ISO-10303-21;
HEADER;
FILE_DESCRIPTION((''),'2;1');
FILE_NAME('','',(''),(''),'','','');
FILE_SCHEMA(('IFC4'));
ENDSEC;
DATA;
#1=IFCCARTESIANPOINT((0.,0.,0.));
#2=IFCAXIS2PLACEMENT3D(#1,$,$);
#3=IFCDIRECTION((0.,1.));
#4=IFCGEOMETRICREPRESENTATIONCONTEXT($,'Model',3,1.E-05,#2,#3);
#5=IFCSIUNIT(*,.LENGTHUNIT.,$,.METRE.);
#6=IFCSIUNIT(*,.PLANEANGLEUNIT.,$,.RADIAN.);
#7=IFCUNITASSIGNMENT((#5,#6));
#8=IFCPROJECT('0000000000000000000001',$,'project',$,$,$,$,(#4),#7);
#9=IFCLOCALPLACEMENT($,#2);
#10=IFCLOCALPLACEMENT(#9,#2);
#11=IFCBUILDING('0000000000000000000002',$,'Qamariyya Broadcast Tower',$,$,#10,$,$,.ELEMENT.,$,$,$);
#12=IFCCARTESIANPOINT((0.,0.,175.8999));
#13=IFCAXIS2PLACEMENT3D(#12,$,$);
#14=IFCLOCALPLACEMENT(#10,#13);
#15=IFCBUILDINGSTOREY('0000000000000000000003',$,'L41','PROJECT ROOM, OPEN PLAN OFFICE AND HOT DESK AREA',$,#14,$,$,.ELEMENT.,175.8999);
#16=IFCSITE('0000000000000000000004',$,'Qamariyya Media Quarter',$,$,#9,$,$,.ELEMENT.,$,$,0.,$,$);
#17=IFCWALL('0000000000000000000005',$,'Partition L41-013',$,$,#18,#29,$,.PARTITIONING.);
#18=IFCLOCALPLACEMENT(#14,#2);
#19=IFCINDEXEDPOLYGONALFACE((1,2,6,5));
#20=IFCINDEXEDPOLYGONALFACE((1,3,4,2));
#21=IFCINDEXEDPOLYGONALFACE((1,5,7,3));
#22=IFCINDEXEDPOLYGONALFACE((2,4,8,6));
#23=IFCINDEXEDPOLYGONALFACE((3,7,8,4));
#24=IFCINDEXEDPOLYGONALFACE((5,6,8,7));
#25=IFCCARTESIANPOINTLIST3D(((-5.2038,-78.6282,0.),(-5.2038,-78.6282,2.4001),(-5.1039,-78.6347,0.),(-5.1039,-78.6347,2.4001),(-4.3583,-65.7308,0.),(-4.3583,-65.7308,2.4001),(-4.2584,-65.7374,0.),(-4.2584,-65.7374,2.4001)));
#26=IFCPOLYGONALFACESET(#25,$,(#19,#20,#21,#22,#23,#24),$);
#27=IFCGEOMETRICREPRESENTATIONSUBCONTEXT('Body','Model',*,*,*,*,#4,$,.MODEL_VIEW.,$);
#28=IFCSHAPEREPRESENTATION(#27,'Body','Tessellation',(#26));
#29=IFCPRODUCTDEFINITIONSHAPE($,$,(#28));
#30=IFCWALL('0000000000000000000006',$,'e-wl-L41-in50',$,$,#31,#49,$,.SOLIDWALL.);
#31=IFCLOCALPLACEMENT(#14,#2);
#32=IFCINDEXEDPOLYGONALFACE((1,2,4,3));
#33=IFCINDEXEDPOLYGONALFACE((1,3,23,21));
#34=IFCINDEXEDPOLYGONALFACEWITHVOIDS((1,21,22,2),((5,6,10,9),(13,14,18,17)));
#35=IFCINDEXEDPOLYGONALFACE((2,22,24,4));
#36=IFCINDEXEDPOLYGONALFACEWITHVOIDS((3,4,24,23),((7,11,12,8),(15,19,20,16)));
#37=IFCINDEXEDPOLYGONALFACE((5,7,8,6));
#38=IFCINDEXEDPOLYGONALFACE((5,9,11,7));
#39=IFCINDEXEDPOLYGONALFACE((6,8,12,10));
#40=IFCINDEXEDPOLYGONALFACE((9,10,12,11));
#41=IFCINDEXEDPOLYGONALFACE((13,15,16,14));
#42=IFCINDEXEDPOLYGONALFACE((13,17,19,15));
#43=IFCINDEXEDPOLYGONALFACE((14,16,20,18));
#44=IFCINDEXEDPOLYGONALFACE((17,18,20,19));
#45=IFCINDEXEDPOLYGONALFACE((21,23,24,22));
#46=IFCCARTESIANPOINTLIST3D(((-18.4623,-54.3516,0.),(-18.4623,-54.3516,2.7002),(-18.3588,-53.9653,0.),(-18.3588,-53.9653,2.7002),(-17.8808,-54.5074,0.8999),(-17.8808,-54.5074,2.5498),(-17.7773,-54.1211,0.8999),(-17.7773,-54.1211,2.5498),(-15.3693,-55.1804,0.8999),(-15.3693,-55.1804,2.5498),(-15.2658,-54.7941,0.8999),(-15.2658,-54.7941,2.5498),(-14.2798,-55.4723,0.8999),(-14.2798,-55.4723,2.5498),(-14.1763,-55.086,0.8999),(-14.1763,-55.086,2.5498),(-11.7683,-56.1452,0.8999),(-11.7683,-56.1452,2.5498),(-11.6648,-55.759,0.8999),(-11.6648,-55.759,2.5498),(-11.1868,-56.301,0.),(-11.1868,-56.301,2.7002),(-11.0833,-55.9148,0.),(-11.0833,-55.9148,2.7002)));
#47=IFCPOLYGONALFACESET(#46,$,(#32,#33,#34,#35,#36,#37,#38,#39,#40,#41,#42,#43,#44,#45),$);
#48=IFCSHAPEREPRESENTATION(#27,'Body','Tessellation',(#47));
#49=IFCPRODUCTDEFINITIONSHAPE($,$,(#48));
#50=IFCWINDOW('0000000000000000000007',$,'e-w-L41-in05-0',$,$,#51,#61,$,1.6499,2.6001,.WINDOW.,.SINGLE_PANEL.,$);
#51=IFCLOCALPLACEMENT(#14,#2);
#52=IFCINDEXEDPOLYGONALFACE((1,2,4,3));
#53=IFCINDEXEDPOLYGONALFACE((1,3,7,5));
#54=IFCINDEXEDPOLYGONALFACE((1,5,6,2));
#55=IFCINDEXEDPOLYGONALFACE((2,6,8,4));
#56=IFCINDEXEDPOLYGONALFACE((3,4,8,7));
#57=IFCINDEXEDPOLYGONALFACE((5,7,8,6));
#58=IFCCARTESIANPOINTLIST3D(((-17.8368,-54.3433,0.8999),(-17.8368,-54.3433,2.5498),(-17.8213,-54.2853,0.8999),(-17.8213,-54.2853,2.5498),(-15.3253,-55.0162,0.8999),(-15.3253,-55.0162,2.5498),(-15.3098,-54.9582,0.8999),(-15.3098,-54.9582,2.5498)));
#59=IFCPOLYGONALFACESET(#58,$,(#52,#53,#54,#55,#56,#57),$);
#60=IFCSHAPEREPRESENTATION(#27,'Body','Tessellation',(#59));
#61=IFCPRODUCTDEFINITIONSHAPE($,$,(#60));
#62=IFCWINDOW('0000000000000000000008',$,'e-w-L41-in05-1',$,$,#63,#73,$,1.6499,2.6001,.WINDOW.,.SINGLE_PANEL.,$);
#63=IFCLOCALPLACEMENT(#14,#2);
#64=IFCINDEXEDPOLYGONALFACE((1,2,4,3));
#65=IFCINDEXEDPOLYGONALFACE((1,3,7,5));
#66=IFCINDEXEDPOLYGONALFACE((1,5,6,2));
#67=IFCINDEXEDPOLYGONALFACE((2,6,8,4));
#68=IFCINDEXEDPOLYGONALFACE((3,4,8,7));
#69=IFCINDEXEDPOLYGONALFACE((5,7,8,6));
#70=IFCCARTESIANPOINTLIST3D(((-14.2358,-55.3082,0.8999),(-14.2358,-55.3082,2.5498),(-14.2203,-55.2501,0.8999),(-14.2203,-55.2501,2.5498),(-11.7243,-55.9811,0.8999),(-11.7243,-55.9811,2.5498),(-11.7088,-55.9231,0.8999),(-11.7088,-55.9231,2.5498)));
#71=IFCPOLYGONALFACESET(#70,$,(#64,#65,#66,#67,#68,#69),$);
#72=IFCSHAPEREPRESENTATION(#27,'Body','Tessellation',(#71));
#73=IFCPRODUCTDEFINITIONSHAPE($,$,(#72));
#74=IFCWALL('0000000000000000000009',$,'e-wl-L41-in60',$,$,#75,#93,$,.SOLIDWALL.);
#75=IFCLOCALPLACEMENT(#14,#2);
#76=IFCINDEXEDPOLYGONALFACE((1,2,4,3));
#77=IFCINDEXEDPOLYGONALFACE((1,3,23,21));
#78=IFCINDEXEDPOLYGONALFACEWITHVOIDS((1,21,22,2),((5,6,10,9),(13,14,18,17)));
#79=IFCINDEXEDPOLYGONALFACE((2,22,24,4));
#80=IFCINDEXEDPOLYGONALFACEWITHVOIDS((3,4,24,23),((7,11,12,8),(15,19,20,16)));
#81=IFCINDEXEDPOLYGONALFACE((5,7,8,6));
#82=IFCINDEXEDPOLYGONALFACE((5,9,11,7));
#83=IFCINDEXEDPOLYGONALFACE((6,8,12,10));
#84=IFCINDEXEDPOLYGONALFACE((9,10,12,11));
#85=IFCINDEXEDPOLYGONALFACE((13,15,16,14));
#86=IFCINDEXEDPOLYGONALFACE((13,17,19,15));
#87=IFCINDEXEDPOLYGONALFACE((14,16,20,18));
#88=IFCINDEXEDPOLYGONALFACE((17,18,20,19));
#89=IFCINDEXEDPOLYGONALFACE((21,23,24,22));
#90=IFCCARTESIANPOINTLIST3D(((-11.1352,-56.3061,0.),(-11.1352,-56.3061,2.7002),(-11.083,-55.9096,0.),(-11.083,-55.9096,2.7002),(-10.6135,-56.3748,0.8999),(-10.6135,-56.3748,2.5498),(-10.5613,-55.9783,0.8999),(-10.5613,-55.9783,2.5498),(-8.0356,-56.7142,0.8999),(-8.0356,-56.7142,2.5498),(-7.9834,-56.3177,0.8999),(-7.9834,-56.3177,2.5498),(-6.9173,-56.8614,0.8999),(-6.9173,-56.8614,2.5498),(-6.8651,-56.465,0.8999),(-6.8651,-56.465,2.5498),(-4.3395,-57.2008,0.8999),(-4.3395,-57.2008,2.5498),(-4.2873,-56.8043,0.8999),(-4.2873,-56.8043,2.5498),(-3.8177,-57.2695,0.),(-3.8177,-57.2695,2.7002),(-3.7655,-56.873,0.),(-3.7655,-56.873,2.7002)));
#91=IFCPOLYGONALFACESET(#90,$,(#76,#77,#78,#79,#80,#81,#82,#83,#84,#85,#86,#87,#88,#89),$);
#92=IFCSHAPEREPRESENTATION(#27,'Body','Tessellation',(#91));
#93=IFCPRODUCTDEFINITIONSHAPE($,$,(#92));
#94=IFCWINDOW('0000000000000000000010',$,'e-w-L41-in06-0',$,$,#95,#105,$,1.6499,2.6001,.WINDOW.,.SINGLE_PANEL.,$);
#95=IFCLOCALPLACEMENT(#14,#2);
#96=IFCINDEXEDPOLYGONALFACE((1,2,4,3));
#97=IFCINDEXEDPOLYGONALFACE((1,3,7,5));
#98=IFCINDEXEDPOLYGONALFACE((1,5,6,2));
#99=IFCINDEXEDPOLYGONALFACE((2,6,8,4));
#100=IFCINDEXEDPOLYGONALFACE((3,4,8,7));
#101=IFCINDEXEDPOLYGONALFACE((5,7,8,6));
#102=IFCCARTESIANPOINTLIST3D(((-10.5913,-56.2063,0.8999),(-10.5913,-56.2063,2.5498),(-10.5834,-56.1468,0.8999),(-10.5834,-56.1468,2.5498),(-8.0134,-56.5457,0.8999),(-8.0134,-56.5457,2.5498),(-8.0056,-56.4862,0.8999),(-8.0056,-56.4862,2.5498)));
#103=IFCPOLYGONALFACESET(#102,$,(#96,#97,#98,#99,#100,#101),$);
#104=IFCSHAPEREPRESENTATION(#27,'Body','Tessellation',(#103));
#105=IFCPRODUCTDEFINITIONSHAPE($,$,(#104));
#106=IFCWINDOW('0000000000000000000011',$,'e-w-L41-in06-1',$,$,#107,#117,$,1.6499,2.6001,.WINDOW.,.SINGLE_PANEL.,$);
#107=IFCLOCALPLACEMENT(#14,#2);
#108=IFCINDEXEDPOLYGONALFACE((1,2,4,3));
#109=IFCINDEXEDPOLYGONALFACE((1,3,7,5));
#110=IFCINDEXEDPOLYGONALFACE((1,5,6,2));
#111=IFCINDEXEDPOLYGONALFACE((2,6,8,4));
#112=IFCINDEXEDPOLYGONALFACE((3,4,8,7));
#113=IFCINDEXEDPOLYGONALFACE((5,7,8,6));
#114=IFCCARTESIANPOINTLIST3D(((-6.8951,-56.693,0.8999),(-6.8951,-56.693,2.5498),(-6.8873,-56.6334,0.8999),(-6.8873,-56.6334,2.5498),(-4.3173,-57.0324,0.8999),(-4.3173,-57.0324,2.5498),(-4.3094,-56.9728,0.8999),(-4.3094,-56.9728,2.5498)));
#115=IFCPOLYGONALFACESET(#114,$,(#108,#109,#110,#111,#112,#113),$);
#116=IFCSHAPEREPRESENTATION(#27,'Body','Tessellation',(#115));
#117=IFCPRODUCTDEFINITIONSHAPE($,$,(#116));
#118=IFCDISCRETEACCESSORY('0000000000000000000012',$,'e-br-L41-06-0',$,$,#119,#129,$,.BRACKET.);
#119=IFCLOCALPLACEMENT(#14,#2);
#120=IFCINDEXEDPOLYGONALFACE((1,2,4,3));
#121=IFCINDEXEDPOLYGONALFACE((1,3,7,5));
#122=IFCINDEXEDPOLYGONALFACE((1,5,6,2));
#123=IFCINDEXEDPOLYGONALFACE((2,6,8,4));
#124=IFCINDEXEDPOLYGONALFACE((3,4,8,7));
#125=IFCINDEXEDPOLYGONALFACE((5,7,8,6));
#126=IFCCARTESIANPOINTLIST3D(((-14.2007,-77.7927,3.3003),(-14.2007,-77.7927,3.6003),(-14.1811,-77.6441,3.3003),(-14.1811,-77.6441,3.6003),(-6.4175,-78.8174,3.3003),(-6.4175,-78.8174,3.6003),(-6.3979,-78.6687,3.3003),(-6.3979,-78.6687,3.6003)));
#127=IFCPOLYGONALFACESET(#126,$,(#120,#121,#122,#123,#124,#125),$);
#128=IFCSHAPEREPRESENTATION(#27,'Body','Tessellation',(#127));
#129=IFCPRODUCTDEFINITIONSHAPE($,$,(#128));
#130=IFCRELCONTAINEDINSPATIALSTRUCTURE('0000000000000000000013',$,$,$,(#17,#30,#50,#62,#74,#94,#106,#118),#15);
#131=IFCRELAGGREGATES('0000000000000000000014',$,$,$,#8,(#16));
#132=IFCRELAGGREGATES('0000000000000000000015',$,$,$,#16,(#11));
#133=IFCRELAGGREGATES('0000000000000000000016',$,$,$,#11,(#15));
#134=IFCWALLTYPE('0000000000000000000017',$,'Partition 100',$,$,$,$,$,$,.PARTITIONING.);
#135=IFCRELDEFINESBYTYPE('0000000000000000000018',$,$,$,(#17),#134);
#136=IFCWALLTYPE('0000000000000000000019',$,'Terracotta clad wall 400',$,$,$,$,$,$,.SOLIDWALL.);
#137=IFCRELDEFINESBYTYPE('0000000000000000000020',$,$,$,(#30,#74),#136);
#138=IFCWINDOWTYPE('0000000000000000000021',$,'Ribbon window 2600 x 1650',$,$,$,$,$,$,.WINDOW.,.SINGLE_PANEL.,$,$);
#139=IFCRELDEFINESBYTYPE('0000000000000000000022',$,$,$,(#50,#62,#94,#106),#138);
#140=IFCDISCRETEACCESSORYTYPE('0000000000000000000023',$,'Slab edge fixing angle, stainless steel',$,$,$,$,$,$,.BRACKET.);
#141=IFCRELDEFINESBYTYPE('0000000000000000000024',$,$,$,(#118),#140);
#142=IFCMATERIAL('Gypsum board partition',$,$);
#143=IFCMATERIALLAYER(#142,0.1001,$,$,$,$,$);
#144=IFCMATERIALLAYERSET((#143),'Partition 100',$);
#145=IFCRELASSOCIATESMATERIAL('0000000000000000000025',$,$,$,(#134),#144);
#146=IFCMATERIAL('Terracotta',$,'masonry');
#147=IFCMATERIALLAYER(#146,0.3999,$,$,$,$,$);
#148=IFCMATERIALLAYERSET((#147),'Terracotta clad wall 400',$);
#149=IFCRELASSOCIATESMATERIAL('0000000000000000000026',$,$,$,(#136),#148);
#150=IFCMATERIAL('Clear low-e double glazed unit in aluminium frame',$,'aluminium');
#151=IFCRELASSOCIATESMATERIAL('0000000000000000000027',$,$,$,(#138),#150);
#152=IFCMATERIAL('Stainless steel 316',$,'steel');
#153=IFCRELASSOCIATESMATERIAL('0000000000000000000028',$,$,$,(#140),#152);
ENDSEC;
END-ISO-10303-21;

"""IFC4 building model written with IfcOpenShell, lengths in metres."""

from ifc_helpers import new_model, si_unit, direction, frame, frame_2d, origin, origin_2d, place, context, subcontext, project, spatial, rectangle, extrude, material, layer, layer_set, type_object, element, fill, save


model = new_model("IFC4")

# Units and contexts
model_context = context("Model", 3, precision=1e-05, world=origin(), true_north=direction((0.0, 1.0)))
body_context = subcontext(model_context, "Body", "Model", "MODEL_VIEW")
ifc_project = project(units=[si_unit("LENGTHUNIT", "METRE"), si_unit("PLANEANGLEUNIT", "RADIAN")], contexts=[model_context])

# Site, building, storey
site_placement = place(None, origin())
site = spatial("IfcSite", under=ifc_project, at=site_placement, Name="Qamariyya Media Quarter", CompositionType="ELEMENT", RefElevation=0.0)
building_placement = place(site_placement, origin())
building = spatial("IfcBuilding", under=site, at=building_placement, Name="Qamariyya Broadcast Tower", CompositionType="ELEMENT")
storey_placement = place(building_placement, frame((0.0, 0.0, 175.8999)))
storey = spatial("IfcBuildingStorey", under=building, at=storey_placement, Name="L41", Description="PROJECT ROOM, OPEN PLAN OFFICE AND HOT DESK AREA", CompositionType="ELEMENT", Elevation=175.8999)

# Shared definitions
ifc_material_1 = material(Name="Gypsum board partition")

# Wall
ifc_layer_1 = layer(ifc_material_1, 0.1001)
ifc_layer_set_1 = layer_set([ifc_layer_1], Name="Partition 100")
wall_type_1 = type_object("IfcWallType", Name="Partition 100", PredefinedType="PARTITIONING", material=ifc_layer_set_1)
wall_1_placement = place(storey_placement, frame((-5.1538, -78.6313, 0.0), z_axis=(0.0, 0.0, 1.0), x_axis=(0.065412, 0.997858, 0.0)))
element("IfcWall", 1, at=wall_1_placement, inside=storey, type_object=wall_type_1, Name="Partition L41-013", PredefinedType="PARTITIONING", context=body_context, shape_type="SweptSolid", body=[
    extrude(rectangle(XDim=12.925, YDim=0.1001, at=frame_2d((6.4624, 0.0))), origin(), (0.0, 0.0, 1.0), 2.4001),
])

# Walls, openings, windows
ifc_material_2 = material(Name="Terracotta", Category="masonry")
ifc_layer_2 = layer(ifc_material_2, 0.3999)
ifc_layer_set_2 = layer_set([ifc_layer_2], Name="Terracotta clad wall 400")
wall_type_2 = type_object("IfcWallType", Name="Terracotta clad wall 400", PredefinedType="SOLIDWALL", material=ifc_layer_set_2)
wall_2_placement = place(storey_placement, frame((-11.135, -56.1079, 0.0), z_axis=(0.0, 0.0, 1.0), x_axis=(-0.965927, 0.258814, 0.0)))
wall_2 = element("IfcWall", 2, at=wall_2_placement, inside=storey, type_object=wall_type_2, Name="e-wl-L41-in50", PredefinedType="SOLIDWALL", context=body_context, shape_type="SweptSolid", body=[
    extrude(rectangle(XDim=7.5322, YDim=0.3999, at=frame_2d((3.7661, 0.0))), origin(), (0.0, 0.0, 1.0), 2.7002),
])
opening_1_placement = place(wall_2_placement, frame((4.3301, 0.0, 0.8999)))
opening_1 = element("IfcOpeningElement", 3, at=opening_1_placement, cuts=wall_2, PredefinedType="OPENING", context=body_context, shape_type="SweptSolid", body=[
    extrude(rectangle(XDim=2.6001, YDim=1.6499, at=frame_2d((1.3, 0.825))), frame((0.0, 0.21, 0.0), z_axis=(0.0, -1.0, 0.0), x_axis=(1.0, 0.0, 0.0)), (0.0, 0.0, 1.0), 0.4199),
])
opening_2_placement = place(wall_2_placement, frame((0.6021, 0.0, 0.8999)))
opening_2 = element("IfcOpeningElement", 4, at=opening_2_placement, cuts=wall_2, PredefinedType="OPENING", context=body_context, shape_type="SweptSolid", body=[
    extrude(rectangle(XDim=2.6001, YDim=1.6499, at=frame_2d((1.3, 0.825))), frame((0.0, 0.21, 0.0), z_axis=(0.0, -1.0, 0.0), x_axis=(1.0, 0.0, 0.0)), (0.0, 0.0, 1.0), 0.4199),
])
ifc_material_3 = material(Name="Clear low-e double glazed unit in aluminium frame", Category="aluminium")
window_type = type_object("IfcWindowType", Name="Ribbon window 2600 x 1650", PartitioningType="SINGLE_PANEL", PredefinedType="WINDOW", material=ifc_material_3)
window_1_placement = place(opening_1_placement, origin())
window_1 = element("IfcWindow", 5, at=window_1_placement, inside=storey, type_object=window_type, Name="e-w-L41-in05-0", OverallHeight=1.6499, OverallWidth=2.6001, PartitioningType="SINGLE_PANEL", PredefinedType="WINDOW", context=body_context, shape_type="SweptSolid", body=[
    extrude(rectangle(XDim=2.6001, YDim=1.6499, at=frame_2d((1.3, 0.825))), frame((0.0, 0.03, 0.0), z_axis=(0.0, -1.0, 0.0), x_axis=(1.0, 0.0, 0.0)), (0.0, 0.0, 1.0), 0.0601),
])
fill(opening_1, window_1)
window_2_placement = place(opening_2_placement, origin())
window_2 = element("IfcWindow", 6, at=window_2_placement, inside=storey, type_object=window_type, Name="e-w-L41-in05-1", OverallHeight=1.6499, OverallWidth=2.6001, PartitioningType="SINGLE_PANEL", PredefinedType="WINDOW", context=body_context, shape_type="SweptSolid", body=[
    extrude(rectangle(XDim=2.6001, YDim=1.6499, at=frame_2d((1.3, 0.825))), frame((0.0, 0.03, 0.0), z_axis=(0.0, -1.0, 0.0), x_axis=(1.0, 0.0, 0.0)), (0.0, 0.0, 1.0), 0.0601),
])
fill(opening_2, window_2)
wall_3_placement = place(storey_placement, frame((-3.7915, -57.0713, 0.0), z_axis=(0.0, 0.0, 1.0), x_axis=(-0.991444, 0.13053, 0.0)))
wall_3 = element("IfcWall", 7, at=wall_3_placement, inside=storey, type_object=wall_type_2, Name="e-wl-L41-in60", PredefinedType="SOLIDWALL", context=body_context, shape_type="SweptSolid", body=[
    extrude(rectangle(XDim=7.3806, YDim=0.3999, at=frame_2d((3.6904, 0.0))), origin(), (0.0, 0.0, 1.0), 2.7002),
])
opening_3_placement = place(wall_3_placement, frame((4.2544, 0.0, 0.8999)))
opening_3 = element("IfcOpeningElement", 8, at=opening_3_placement, cuts=wall_3, PredefinedType="OPENING", context=body_context, shape_type="SweptSolid", body=[
    extrude(rectangle(XDim=2.6001, YDim=1.6499, at=frame_2d((1.3, 0.825))), frame((0.0, 0.21, 0.0), z_axis=(0.0, -1.0, 0.0), x_axis=(1.0, 0.0, 0.0)), (0.0, 0.0, 1.0), 0.4199),
])
opening_4_placement = place(wall_3_placement, frame((0.5264, 0.0, 0.8999)))
opening_4 = element("IfcOpeningElement", 9, at=opening_4_placement, cuts=wall_3, PredefinedType="OPENING", context=body_context, shape_type="SweptSolid", body=[
    extrude(rectangle(XDim=2.6001, YDim=1.6499, at=frame_2d((1.3, 0.825))), frame((0.0, 0.21, 0.0), z_axis=(0.0, -1.0, 0.0), x_axis=(1.0, 0.0, 0.0)), (0.0, 0.0, 1.0), 0.4199),
])
window_3_placement = place(opening_3_placement, origin())
window_3 = element("IfcWindow", 10, at=window_3_placement, inside=storey, type_object=window_type, Name="e-w-L41-in06-0", OverallHeight=1.6499, OverallWidth=2.6001, PartitioningType="SINGLE_PANEL", PredefinedType="WINDOW", context=body_context, shape_type="SweptSolid", body=[
    extrude(rectangle(XDim=2.6001, YDim=1.6499, at=frame_2d((1.3, 0.825))), frame((0.0, 0.03, 0.0), z_axis=(0.0, -1.0, 0.0), x_axis=(1.0, 0.0, 0.0)), (0.0, 0.0, 1.0), 0.0601),
])
fill(opening_3, window_3)
window_4_placement = place(opening_4_placement, origin())
window_4 = element("IfcWindow", 11, at=window_4_placement, inside=storey, type_object=window_type, Name="e-w-L41-in06-1", OverallHeight=1.6499, OverallWidth=2.6001, PartitioningType="SINGLE_PANEL", PredefinedType="WINDOW", context=body_context, shape_type="SweptSolid", body=[
    extrude(rectangle(XDim=2.6001, YDim=1.6499, at=frame_2d((1.3, 0.825))), frame((0.0, 0.03, 0.0), z_axis=(0.0, -1.0, 0.0), x_axis=(1.0, 0.0, 0.0)), (0.0, 0.0, 1.0), 0.0601),
])
fill(opening_4, window_4)

# Discrete accessory
ifc_material_4 = material(Name="Stainless steel 316", Category="steel")
discrete_accessory_type = type_object("IfcDiscreteAccessoryType", Name="Slab edge fixing angle, stainless steel", PredefinedType="BRACKET", material=ifc_material_4)
discrete_accessory_placement = place(storey_placement, frame((-10.2993, -78.2307, 3.3003), z_axis=(0.0, 0.0, 1.0), x_axis=(0.991445, -0.130526, 0.0)))
element("IfcDiscreteAccessory", 12, at=discrete_accessory_placement, inside=storey, type_object=discrete_accessory_type, Name="e-br-L41-06-0", PredefinedType="BRACKET", context=body_context, shape_type="SweptSolid", body=[
    extrude(rectangle(XDim=7.8503, YDim=0.1499, at=origin_2d()), origin(), (0.0, 0.0, 1.0), 0.3),
])

save(model, "model.ifc")
